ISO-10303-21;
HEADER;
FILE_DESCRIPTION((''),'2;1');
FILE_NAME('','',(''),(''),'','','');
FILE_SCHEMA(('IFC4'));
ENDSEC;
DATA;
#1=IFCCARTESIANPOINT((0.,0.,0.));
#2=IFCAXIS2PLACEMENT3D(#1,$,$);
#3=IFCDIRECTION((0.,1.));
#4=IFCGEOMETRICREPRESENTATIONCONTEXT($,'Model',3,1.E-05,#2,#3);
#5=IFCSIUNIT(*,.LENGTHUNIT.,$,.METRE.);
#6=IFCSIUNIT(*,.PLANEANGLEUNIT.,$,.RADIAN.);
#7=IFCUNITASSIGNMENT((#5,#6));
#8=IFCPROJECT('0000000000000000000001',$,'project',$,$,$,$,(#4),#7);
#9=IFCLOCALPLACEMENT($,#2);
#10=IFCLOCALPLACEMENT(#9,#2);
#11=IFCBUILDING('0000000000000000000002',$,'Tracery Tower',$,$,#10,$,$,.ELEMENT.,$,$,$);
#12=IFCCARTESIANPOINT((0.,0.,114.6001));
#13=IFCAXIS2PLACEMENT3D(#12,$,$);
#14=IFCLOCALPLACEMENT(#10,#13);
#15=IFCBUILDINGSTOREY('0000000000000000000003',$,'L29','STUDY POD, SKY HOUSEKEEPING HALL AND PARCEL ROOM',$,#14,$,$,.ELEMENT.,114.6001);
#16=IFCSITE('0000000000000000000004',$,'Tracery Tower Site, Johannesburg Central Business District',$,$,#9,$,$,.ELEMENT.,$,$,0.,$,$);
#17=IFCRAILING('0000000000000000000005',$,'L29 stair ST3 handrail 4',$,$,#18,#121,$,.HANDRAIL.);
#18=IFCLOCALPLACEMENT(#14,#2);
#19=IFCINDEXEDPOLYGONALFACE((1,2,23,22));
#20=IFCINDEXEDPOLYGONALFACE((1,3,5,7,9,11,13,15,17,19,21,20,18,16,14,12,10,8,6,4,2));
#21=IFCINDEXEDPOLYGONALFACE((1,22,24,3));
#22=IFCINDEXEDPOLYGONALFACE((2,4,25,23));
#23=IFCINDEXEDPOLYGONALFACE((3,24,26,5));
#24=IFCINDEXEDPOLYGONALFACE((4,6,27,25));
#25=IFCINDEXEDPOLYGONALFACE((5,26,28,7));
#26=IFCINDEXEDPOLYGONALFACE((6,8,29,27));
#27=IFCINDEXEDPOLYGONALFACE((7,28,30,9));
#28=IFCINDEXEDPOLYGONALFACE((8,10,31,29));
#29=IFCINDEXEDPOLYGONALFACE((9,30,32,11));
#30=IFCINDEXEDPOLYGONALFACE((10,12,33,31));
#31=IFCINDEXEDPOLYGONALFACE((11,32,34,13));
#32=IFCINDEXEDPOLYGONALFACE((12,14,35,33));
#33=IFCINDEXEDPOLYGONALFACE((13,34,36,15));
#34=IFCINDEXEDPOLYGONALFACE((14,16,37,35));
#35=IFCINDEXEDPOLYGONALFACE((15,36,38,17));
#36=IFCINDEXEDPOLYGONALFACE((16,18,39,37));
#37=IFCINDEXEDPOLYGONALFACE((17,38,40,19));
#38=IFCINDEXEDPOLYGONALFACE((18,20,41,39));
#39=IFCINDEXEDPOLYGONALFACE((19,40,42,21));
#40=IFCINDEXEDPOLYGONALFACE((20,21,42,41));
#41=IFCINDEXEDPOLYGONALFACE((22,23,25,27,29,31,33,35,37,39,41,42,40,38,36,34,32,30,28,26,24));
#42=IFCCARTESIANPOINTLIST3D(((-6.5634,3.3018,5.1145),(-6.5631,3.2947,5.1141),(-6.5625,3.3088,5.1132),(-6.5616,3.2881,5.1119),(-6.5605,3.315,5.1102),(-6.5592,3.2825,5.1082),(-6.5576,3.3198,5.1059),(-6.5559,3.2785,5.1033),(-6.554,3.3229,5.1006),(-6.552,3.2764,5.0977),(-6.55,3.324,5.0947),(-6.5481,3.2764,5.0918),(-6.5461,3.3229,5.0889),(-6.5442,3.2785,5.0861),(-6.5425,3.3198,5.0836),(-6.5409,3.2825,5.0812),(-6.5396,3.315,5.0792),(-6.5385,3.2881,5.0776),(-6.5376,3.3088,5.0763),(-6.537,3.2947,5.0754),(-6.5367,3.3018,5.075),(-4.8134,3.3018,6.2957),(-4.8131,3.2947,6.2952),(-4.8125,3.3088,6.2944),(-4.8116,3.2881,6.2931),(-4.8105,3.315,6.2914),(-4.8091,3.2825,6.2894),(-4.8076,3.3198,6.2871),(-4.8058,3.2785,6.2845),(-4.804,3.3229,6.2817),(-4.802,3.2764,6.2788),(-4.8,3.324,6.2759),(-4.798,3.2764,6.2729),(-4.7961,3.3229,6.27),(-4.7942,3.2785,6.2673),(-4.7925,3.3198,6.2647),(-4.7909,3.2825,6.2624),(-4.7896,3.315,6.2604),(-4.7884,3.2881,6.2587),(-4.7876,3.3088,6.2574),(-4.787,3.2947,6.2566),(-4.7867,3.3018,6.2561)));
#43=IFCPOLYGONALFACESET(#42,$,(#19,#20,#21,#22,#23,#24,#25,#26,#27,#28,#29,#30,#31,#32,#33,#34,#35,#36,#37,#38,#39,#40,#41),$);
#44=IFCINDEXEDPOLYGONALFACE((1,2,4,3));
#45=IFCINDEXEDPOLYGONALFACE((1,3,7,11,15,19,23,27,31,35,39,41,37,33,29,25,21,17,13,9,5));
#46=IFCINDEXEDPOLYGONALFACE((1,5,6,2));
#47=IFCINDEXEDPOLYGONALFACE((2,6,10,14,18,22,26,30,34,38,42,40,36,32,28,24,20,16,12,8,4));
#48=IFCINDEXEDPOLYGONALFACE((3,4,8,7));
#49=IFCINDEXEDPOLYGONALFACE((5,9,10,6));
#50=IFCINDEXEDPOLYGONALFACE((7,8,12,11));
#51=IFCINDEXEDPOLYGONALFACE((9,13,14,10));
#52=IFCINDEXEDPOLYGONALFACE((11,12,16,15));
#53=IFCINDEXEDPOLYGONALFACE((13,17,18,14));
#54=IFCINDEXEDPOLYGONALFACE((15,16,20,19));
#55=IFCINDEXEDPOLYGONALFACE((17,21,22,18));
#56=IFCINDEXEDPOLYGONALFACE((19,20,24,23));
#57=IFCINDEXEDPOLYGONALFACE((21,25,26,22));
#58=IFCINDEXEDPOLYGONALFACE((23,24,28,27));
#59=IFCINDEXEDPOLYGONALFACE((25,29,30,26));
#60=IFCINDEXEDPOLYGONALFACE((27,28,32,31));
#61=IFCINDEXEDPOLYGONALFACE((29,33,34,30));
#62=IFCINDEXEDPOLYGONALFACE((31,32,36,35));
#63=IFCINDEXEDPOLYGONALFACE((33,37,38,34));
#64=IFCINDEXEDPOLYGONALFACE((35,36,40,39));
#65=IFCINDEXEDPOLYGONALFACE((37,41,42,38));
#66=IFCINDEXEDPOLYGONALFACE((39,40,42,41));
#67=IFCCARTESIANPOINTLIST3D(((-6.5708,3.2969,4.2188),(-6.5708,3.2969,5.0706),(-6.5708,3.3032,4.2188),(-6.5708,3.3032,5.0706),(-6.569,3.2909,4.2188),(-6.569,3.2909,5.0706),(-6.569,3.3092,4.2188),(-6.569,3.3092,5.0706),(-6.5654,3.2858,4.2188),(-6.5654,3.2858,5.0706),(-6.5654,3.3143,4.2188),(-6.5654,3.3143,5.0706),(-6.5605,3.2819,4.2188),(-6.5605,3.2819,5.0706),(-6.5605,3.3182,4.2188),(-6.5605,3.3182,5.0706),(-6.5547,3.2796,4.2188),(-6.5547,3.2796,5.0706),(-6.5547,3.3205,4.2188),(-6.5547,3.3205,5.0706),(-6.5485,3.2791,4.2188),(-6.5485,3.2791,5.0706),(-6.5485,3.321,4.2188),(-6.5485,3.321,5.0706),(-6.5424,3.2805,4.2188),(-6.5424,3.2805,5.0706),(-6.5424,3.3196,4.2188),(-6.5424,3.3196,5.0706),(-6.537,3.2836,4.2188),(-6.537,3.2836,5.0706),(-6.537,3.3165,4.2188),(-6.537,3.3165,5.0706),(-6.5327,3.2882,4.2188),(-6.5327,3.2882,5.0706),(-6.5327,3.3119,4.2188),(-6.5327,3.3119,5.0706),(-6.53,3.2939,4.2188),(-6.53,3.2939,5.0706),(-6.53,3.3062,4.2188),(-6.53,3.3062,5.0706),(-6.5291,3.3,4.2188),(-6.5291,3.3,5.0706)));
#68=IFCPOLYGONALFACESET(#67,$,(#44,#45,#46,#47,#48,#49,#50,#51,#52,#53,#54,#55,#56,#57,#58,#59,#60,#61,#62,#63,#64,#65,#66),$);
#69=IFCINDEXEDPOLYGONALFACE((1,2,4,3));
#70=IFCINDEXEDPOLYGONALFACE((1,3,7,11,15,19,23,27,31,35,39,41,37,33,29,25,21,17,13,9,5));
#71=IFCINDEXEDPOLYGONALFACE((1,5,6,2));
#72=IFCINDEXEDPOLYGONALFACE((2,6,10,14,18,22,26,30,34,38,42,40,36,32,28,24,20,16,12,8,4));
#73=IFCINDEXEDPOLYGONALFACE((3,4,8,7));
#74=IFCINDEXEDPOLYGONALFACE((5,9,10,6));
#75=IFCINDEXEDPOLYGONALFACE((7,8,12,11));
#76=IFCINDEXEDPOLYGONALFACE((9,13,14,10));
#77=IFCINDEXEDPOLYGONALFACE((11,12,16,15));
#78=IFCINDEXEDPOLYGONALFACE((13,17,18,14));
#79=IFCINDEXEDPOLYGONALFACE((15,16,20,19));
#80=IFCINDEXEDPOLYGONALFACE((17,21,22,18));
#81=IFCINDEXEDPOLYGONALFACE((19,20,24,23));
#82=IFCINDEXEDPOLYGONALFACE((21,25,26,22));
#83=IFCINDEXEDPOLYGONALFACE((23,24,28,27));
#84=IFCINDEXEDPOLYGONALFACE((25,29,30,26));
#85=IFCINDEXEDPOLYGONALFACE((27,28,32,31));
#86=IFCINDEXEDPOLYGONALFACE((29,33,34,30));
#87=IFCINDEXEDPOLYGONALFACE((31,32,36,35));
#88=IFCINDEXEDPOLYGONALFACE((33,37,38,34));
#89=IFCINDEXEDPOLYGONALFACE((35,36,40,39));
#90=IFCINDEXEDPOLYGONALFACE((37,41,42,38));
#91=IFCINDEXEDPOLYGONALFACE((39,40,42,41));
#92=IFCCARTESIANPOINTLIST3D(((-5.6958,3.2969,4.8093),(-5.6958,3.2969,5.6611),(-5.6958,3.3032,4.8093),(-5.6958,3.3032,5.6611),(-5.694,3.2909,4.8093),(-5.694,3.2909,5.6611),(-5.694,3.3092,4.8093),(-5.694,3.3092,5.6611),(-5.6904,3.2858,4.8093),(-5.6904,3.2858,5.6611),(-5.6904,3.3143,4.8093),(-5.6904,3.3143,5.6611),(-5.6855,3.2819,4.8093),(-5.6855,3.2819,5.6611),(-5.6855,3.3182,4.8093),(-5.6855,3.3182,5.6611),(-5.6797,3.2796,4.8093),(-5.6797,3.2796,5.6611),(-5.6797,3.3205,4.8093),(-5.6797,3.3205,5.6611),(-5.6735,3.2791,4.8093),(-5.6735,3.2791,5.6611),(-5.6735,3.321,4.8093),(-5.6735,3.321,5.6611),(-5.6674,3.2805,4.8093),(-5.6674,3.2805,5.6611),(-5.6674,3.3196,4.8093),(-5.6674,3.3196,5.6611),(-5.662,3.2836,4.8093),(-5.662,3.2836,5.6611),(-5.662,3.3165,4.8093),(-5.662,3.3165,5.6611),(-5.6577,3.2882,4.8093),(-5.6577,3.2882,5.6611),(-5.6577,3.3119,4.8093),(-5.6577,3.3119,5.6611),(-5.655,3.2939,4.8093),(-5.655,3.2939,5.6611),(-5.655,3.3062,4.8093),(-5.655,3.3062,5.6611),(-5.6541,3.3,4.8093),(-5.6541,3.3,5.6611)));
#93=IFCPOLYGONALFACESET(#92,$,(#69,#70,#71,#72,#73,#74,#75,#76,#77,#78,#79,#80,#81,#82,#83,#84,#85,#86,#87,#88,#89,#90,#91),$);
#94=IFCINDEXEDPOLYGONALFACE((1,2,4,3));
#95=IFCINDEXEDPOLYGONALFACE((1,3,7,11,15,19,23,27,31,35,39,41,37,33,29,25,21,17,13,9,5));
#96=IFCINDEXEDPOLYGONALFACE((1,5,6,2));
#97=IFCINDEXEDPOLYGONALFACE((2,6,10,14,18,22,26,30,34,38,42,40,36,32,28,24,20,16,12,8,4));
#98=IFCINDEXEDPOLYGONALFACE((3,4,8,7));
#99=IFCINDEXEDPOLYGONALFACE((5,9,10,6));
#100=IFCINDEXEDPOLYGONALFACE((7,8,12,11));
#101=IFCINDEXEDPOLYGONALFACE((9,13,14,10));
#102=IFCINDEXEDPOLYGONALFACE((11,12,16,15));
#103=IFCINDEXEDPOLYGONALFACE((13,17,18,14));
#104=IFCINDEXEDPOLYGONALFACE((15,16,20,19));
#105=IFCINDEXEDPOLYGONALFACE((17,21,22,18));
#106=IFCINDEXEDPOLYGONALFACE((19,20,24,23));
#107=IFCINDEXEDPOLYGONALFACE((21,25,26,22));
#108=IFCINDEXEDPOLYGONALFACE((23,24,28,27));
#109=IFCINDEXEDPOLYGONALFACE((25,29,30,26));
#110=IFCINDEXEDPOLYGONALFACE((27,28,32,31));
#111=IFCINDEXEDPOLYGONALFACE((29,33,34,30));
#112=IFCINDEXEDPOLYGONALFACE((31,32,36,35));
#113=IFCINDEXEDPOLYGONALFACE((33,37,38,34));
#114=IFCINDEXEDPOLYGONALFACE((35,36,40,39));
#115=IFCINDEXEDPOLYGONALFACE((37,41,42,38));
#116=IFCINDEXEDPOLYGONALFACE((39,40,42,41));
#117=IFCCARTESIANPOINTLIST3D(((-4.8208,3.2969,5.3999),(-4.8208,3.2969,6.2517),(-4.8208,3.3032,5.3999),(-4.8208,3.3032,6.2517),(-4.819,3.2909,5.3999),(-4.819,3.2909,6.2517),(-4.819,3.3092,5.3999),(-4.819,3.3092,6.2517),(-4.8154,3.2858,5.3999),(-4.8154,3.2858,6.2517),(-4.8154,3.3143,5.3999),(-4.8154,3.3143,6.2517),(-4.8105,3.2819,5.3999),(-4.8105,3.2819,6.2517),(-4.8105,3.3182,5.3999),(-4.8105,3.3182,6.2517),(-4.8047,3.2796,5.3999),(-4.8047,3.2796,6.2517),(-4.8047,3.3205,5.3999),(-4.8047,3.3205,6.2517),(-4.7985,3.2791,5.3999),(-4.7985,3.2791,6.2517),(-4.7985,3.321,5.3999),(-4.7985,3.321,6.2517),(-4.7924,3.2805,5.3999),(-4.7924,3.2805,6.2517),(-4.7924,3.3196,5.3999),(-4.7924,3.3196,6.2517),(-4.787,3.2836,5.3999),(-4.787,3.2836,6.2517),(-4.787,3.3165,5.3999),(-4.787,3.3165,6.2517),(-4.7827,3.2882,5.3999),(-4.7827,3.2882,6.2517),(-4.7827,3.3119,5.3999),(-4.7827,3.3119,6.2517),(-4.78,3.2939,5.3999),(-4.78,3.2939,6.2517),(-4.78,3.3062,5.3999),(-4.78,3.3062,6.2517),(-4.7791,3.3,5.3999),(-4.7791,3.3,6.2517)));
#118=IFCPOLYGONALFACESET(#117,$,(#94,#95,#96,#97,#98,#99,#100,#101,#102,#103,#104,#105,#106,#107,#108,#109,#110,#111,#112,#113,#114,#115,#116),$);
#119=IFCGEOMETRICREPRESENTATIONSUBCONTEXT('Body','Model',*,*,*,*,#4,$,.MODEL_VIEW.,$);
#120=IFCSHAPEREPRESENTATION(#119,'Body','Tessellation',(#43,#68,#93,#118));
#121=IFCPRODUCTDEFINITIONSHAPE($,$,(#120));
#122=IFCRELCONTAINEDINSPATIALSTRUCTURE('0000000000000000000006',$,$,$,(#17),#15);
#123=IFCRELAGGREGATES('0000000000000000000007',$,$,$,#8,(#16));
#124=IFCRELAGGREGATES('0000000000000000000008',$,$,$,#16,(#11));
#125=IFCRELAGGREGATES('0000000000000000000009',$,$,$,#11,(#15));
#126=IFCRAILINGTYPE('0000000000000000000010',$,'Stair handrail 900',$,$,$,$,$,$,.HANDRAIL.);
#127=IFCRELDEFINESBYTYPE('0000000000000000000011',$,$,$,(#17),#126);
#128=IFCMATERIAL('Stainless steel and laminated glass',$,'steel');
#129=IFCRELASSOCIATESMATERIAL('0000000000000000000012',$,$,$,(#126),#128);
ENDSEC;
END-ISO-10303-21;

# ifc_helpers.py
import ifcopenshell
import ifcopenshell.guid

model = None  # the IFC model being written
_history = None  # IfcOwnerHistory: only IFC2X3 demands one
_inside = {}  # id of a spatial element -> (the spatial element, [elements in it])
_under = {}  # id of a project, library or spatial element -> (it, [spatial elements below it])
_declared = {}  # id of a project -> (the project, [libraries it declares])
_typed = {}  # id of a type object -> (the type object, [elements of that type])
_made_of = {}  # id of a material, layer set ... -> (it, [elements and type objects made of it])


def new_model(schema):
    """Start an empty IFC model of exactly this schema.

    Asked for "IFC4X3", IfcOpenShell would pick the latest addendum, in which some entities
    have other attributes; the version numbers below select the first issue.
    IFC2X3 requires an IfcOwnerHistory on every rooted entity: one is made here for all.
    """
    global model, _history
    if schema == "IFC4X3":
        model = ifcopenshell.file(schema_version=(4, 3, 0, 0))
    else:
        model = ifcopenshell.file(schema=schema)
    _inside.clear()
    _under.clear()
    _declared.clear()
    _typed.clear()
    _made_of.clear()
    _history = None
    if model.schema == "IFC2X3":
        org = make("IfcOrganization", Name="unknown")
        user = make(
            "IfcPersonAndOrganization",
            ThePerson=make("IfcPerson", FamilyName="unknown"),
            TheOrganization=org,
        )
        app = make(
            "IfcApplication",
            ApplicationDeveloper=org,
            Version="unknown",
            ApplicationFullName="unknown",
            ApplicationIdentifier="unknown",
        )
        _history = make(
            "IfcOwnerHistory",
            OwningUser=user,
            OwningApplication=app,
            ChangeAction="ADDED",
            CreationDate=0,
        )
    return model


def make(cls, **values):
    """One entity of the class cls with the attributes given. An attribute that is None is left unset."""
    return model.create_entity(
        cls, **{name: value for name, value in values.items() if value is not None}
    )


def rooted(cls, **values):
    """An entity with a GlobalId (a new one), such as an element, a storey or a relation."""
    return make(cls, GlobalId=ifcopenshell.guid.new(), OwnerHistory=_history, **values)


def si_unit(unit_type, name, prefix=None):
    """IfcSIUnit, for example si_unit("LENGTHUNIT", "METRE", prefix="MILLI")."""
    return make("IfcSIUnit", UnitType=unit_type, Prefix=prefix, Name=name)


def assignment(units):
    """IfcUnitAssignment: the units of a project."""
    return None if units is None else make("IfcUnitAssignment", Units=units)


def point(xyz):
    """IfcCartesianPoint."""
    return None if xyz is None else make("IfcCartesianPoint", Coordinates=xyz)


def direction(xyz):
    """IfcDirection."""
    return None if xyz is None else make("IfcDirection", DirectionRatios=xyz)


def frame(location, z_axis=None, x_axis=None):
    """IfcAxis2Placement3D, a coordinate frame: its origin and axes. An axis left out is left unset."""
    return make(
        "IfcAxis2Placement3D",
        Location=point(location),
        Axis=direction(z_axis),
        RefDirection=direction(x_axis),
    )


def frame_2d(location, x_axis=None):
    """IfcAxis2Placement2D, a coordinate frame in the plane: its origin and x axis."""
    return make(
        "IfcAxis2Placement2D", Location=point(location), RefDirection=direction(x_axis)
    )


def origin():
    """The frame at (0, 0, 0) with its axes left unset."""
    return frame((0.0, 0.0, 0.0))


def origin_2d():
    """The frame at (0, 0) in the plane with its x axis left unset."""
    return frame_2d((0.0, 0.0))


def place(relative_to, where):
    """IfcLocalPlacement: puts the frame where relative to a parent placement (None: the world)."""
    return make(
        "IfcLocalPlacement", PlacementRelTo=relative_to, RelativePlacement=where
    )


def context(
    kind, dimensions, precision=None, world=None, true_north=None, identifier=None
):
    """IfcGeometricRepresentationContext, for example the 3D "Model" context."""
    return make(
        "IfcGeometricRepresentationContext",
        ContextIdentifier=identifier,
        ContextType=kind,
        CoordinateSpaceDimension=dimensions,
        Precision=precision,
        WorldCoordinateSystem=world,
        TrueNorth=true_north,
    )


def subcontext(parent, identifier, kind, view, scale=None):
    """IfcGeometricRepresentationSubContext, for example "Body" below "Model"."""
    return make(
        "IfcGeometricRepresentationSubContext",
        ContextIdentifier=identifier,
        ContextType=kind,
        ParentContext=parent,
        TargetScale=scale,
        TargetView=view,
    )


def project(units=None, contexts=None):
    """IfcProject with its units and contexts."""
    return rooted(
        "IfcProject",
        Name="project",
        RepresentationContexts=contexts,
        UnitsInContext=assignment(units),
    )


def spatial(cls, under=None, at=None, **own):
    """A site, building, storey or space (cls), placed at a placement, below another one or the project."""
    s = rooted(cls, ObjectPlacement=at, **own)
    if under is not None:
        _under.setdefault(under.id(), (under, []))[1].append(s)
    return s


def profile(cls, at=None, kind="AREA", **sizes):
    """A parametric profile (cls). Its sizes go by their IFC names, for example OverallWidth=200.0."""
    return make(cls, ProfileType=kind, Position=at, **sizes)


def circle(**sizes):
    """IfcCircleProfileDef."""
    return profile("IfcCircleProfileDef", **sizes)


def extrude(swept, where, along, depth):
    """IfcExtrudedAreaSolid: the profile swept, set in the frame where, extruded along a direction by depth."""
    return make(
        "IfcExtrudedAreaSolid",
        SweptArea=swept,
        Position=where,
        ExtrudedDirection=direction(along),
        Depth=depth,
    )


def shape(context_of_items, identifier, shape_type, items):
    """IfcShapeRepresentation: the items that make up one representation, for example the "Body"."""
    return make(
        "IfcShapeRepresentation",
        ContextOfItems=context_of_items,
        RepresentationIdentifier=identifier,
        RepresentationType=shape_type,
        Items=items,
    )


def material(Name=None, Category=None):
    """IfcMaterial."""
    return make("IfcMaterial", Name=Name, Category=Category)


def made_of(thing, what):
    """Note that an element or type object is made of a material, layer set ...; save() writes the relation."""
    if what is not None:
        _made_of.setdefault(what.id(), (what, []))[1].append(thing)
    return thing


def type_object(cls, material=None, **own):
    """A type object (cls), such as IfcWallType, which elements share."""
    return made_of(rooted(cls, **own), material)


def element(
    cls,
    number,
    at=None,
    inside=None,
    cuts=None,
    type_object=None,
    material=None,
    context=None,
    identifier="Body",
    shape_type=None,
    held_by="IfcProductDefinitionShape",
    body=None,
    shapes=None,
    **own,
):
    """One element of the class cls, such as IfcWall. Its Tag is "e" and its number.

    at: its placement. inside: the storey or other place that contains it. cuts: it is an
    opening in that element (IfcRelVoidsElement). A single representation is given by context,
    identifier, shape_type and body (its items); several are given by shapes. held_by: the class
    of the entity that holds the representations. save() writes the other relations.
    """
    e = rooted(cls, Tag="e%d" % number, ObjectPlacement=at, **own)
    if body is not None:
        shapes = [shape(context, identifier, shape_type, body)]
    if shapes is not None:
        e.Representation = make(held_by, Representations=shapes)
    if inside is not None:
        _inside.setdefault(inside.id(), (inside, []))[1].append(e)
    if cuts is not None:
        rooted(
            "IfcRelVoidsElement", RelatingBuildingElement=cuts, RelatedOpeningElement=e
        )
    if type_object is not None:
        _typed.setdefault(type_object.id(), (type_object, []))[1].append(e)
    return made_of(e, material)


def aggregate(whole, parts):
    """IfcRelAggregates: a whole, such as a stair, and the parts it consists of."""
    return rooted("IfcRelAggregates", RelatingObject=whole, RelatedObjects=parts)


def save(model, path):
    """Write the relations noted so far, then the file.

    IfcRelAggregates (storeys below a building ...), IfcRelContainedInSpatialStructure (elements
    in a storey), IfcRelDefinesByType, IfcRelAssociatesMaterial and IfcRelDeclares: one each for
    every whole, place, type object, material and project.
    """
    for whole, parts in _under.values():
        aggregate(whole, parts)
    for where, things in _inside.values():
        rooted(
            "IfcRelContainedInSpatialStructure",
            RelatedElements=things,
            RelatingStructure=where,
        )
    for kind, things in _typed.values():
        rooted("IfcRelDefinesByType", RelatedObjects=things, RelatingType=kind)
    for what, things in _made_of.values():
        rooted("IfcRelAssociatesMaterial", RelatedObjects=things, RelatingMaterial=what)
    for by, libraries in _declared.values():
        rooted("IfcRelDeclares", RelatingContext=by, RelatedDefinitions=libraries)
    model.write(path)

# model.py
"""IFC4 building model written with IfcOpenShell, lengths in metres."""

from ifc_helpers import new_model, si_unit, direction, frame, origin, origin_2d, place, context, subcontext, project, spatial, circle, extrude, material, type_object, element, save


model = new_model("IFC4")

# Units and contexts
model_context = context("Model", 3, precision=1e-05, world=origin(), true_north=direction((0.0, 1.0)))
body_context = subcontext(model_context, "Body", "Model", "MODEL_VIEW")
ifc_project = project(units=[si_unit("LENGTHUNIT", "METRE"), si_unit("PLANEANGLEUNIT", "RADIAN")], contexts=[model_context])

# Site, building, storey
site_placement = place(None, origin())
site = spatial("IfcSite", under=ifc_project, at=site_placement, Name="Tracery Tower Site, Johannesburg Central Business District", CompositionType="ELEMENT", RefElevation=0.0)
building_placement = place(site_placement, origin())
building = spatial("IfcBuilding", under=site, at=building_placement, Name="Tracery Tower", CompositionType="ELEMENT")
storey_placement = place(building_placement, frame((0.0, 0.0, 114.6001)))
storey = spatial("IfcBuildingStorey", under=building, at=storey_placement, Name="L29", Description="STUDY POD, SKY HOUSEKEEPING HALL AND PARCEL ROOM", CompositionType="ELEMENT", Elevation=114.6001)

# Railing
ifc_material_1 = material(Name="Stainless steel and laminated glass", Category="steel")
railing_type_1 = type_object("IfcRailingType", Name="Stair handrail 900", PredefinedType="HANDRAIL", material=ifc_material_1)
railing_1_placement = place(storey_placement, frame((-6.55, 3.3, 4.2188)))
element("IfcRailing", 1, at=railing_1_placement, inside=storey, type_object=railing_type_1, Name="L29 stair ST3 handrail 4", PredefinedType="HANDRAIL", context=body_context, shape_type="SweptSolid", body=[
    extrude(circle(Radius=0.0239, at=origin_2d()), frame((0.0, 0.0, 0.876), z_axis=(0.82887, 0.0, 0.559441), x_axis=(0.0, 1.0, 0.0)), (0.0, 0.0, 1.0), 2.1113),
    extrude(circle(Radius=0.021, at=origin_2d()), origin(), (0.0, 0.0, 1.0), 0.8518),
    extrude(circle(Radius=0.021, at=origin_2d()), frame((0.875, 0.0, 0.5906)), (0.0, 0.0, 1.0), 0.8518),
    extrude(circle(Radius=0.021, at=origin_2d()), frame((1.75, 0.0, 1.1812)), (0.0, 0.0, 1.0), 0.8518),
])

save(model, "model.ifc")
